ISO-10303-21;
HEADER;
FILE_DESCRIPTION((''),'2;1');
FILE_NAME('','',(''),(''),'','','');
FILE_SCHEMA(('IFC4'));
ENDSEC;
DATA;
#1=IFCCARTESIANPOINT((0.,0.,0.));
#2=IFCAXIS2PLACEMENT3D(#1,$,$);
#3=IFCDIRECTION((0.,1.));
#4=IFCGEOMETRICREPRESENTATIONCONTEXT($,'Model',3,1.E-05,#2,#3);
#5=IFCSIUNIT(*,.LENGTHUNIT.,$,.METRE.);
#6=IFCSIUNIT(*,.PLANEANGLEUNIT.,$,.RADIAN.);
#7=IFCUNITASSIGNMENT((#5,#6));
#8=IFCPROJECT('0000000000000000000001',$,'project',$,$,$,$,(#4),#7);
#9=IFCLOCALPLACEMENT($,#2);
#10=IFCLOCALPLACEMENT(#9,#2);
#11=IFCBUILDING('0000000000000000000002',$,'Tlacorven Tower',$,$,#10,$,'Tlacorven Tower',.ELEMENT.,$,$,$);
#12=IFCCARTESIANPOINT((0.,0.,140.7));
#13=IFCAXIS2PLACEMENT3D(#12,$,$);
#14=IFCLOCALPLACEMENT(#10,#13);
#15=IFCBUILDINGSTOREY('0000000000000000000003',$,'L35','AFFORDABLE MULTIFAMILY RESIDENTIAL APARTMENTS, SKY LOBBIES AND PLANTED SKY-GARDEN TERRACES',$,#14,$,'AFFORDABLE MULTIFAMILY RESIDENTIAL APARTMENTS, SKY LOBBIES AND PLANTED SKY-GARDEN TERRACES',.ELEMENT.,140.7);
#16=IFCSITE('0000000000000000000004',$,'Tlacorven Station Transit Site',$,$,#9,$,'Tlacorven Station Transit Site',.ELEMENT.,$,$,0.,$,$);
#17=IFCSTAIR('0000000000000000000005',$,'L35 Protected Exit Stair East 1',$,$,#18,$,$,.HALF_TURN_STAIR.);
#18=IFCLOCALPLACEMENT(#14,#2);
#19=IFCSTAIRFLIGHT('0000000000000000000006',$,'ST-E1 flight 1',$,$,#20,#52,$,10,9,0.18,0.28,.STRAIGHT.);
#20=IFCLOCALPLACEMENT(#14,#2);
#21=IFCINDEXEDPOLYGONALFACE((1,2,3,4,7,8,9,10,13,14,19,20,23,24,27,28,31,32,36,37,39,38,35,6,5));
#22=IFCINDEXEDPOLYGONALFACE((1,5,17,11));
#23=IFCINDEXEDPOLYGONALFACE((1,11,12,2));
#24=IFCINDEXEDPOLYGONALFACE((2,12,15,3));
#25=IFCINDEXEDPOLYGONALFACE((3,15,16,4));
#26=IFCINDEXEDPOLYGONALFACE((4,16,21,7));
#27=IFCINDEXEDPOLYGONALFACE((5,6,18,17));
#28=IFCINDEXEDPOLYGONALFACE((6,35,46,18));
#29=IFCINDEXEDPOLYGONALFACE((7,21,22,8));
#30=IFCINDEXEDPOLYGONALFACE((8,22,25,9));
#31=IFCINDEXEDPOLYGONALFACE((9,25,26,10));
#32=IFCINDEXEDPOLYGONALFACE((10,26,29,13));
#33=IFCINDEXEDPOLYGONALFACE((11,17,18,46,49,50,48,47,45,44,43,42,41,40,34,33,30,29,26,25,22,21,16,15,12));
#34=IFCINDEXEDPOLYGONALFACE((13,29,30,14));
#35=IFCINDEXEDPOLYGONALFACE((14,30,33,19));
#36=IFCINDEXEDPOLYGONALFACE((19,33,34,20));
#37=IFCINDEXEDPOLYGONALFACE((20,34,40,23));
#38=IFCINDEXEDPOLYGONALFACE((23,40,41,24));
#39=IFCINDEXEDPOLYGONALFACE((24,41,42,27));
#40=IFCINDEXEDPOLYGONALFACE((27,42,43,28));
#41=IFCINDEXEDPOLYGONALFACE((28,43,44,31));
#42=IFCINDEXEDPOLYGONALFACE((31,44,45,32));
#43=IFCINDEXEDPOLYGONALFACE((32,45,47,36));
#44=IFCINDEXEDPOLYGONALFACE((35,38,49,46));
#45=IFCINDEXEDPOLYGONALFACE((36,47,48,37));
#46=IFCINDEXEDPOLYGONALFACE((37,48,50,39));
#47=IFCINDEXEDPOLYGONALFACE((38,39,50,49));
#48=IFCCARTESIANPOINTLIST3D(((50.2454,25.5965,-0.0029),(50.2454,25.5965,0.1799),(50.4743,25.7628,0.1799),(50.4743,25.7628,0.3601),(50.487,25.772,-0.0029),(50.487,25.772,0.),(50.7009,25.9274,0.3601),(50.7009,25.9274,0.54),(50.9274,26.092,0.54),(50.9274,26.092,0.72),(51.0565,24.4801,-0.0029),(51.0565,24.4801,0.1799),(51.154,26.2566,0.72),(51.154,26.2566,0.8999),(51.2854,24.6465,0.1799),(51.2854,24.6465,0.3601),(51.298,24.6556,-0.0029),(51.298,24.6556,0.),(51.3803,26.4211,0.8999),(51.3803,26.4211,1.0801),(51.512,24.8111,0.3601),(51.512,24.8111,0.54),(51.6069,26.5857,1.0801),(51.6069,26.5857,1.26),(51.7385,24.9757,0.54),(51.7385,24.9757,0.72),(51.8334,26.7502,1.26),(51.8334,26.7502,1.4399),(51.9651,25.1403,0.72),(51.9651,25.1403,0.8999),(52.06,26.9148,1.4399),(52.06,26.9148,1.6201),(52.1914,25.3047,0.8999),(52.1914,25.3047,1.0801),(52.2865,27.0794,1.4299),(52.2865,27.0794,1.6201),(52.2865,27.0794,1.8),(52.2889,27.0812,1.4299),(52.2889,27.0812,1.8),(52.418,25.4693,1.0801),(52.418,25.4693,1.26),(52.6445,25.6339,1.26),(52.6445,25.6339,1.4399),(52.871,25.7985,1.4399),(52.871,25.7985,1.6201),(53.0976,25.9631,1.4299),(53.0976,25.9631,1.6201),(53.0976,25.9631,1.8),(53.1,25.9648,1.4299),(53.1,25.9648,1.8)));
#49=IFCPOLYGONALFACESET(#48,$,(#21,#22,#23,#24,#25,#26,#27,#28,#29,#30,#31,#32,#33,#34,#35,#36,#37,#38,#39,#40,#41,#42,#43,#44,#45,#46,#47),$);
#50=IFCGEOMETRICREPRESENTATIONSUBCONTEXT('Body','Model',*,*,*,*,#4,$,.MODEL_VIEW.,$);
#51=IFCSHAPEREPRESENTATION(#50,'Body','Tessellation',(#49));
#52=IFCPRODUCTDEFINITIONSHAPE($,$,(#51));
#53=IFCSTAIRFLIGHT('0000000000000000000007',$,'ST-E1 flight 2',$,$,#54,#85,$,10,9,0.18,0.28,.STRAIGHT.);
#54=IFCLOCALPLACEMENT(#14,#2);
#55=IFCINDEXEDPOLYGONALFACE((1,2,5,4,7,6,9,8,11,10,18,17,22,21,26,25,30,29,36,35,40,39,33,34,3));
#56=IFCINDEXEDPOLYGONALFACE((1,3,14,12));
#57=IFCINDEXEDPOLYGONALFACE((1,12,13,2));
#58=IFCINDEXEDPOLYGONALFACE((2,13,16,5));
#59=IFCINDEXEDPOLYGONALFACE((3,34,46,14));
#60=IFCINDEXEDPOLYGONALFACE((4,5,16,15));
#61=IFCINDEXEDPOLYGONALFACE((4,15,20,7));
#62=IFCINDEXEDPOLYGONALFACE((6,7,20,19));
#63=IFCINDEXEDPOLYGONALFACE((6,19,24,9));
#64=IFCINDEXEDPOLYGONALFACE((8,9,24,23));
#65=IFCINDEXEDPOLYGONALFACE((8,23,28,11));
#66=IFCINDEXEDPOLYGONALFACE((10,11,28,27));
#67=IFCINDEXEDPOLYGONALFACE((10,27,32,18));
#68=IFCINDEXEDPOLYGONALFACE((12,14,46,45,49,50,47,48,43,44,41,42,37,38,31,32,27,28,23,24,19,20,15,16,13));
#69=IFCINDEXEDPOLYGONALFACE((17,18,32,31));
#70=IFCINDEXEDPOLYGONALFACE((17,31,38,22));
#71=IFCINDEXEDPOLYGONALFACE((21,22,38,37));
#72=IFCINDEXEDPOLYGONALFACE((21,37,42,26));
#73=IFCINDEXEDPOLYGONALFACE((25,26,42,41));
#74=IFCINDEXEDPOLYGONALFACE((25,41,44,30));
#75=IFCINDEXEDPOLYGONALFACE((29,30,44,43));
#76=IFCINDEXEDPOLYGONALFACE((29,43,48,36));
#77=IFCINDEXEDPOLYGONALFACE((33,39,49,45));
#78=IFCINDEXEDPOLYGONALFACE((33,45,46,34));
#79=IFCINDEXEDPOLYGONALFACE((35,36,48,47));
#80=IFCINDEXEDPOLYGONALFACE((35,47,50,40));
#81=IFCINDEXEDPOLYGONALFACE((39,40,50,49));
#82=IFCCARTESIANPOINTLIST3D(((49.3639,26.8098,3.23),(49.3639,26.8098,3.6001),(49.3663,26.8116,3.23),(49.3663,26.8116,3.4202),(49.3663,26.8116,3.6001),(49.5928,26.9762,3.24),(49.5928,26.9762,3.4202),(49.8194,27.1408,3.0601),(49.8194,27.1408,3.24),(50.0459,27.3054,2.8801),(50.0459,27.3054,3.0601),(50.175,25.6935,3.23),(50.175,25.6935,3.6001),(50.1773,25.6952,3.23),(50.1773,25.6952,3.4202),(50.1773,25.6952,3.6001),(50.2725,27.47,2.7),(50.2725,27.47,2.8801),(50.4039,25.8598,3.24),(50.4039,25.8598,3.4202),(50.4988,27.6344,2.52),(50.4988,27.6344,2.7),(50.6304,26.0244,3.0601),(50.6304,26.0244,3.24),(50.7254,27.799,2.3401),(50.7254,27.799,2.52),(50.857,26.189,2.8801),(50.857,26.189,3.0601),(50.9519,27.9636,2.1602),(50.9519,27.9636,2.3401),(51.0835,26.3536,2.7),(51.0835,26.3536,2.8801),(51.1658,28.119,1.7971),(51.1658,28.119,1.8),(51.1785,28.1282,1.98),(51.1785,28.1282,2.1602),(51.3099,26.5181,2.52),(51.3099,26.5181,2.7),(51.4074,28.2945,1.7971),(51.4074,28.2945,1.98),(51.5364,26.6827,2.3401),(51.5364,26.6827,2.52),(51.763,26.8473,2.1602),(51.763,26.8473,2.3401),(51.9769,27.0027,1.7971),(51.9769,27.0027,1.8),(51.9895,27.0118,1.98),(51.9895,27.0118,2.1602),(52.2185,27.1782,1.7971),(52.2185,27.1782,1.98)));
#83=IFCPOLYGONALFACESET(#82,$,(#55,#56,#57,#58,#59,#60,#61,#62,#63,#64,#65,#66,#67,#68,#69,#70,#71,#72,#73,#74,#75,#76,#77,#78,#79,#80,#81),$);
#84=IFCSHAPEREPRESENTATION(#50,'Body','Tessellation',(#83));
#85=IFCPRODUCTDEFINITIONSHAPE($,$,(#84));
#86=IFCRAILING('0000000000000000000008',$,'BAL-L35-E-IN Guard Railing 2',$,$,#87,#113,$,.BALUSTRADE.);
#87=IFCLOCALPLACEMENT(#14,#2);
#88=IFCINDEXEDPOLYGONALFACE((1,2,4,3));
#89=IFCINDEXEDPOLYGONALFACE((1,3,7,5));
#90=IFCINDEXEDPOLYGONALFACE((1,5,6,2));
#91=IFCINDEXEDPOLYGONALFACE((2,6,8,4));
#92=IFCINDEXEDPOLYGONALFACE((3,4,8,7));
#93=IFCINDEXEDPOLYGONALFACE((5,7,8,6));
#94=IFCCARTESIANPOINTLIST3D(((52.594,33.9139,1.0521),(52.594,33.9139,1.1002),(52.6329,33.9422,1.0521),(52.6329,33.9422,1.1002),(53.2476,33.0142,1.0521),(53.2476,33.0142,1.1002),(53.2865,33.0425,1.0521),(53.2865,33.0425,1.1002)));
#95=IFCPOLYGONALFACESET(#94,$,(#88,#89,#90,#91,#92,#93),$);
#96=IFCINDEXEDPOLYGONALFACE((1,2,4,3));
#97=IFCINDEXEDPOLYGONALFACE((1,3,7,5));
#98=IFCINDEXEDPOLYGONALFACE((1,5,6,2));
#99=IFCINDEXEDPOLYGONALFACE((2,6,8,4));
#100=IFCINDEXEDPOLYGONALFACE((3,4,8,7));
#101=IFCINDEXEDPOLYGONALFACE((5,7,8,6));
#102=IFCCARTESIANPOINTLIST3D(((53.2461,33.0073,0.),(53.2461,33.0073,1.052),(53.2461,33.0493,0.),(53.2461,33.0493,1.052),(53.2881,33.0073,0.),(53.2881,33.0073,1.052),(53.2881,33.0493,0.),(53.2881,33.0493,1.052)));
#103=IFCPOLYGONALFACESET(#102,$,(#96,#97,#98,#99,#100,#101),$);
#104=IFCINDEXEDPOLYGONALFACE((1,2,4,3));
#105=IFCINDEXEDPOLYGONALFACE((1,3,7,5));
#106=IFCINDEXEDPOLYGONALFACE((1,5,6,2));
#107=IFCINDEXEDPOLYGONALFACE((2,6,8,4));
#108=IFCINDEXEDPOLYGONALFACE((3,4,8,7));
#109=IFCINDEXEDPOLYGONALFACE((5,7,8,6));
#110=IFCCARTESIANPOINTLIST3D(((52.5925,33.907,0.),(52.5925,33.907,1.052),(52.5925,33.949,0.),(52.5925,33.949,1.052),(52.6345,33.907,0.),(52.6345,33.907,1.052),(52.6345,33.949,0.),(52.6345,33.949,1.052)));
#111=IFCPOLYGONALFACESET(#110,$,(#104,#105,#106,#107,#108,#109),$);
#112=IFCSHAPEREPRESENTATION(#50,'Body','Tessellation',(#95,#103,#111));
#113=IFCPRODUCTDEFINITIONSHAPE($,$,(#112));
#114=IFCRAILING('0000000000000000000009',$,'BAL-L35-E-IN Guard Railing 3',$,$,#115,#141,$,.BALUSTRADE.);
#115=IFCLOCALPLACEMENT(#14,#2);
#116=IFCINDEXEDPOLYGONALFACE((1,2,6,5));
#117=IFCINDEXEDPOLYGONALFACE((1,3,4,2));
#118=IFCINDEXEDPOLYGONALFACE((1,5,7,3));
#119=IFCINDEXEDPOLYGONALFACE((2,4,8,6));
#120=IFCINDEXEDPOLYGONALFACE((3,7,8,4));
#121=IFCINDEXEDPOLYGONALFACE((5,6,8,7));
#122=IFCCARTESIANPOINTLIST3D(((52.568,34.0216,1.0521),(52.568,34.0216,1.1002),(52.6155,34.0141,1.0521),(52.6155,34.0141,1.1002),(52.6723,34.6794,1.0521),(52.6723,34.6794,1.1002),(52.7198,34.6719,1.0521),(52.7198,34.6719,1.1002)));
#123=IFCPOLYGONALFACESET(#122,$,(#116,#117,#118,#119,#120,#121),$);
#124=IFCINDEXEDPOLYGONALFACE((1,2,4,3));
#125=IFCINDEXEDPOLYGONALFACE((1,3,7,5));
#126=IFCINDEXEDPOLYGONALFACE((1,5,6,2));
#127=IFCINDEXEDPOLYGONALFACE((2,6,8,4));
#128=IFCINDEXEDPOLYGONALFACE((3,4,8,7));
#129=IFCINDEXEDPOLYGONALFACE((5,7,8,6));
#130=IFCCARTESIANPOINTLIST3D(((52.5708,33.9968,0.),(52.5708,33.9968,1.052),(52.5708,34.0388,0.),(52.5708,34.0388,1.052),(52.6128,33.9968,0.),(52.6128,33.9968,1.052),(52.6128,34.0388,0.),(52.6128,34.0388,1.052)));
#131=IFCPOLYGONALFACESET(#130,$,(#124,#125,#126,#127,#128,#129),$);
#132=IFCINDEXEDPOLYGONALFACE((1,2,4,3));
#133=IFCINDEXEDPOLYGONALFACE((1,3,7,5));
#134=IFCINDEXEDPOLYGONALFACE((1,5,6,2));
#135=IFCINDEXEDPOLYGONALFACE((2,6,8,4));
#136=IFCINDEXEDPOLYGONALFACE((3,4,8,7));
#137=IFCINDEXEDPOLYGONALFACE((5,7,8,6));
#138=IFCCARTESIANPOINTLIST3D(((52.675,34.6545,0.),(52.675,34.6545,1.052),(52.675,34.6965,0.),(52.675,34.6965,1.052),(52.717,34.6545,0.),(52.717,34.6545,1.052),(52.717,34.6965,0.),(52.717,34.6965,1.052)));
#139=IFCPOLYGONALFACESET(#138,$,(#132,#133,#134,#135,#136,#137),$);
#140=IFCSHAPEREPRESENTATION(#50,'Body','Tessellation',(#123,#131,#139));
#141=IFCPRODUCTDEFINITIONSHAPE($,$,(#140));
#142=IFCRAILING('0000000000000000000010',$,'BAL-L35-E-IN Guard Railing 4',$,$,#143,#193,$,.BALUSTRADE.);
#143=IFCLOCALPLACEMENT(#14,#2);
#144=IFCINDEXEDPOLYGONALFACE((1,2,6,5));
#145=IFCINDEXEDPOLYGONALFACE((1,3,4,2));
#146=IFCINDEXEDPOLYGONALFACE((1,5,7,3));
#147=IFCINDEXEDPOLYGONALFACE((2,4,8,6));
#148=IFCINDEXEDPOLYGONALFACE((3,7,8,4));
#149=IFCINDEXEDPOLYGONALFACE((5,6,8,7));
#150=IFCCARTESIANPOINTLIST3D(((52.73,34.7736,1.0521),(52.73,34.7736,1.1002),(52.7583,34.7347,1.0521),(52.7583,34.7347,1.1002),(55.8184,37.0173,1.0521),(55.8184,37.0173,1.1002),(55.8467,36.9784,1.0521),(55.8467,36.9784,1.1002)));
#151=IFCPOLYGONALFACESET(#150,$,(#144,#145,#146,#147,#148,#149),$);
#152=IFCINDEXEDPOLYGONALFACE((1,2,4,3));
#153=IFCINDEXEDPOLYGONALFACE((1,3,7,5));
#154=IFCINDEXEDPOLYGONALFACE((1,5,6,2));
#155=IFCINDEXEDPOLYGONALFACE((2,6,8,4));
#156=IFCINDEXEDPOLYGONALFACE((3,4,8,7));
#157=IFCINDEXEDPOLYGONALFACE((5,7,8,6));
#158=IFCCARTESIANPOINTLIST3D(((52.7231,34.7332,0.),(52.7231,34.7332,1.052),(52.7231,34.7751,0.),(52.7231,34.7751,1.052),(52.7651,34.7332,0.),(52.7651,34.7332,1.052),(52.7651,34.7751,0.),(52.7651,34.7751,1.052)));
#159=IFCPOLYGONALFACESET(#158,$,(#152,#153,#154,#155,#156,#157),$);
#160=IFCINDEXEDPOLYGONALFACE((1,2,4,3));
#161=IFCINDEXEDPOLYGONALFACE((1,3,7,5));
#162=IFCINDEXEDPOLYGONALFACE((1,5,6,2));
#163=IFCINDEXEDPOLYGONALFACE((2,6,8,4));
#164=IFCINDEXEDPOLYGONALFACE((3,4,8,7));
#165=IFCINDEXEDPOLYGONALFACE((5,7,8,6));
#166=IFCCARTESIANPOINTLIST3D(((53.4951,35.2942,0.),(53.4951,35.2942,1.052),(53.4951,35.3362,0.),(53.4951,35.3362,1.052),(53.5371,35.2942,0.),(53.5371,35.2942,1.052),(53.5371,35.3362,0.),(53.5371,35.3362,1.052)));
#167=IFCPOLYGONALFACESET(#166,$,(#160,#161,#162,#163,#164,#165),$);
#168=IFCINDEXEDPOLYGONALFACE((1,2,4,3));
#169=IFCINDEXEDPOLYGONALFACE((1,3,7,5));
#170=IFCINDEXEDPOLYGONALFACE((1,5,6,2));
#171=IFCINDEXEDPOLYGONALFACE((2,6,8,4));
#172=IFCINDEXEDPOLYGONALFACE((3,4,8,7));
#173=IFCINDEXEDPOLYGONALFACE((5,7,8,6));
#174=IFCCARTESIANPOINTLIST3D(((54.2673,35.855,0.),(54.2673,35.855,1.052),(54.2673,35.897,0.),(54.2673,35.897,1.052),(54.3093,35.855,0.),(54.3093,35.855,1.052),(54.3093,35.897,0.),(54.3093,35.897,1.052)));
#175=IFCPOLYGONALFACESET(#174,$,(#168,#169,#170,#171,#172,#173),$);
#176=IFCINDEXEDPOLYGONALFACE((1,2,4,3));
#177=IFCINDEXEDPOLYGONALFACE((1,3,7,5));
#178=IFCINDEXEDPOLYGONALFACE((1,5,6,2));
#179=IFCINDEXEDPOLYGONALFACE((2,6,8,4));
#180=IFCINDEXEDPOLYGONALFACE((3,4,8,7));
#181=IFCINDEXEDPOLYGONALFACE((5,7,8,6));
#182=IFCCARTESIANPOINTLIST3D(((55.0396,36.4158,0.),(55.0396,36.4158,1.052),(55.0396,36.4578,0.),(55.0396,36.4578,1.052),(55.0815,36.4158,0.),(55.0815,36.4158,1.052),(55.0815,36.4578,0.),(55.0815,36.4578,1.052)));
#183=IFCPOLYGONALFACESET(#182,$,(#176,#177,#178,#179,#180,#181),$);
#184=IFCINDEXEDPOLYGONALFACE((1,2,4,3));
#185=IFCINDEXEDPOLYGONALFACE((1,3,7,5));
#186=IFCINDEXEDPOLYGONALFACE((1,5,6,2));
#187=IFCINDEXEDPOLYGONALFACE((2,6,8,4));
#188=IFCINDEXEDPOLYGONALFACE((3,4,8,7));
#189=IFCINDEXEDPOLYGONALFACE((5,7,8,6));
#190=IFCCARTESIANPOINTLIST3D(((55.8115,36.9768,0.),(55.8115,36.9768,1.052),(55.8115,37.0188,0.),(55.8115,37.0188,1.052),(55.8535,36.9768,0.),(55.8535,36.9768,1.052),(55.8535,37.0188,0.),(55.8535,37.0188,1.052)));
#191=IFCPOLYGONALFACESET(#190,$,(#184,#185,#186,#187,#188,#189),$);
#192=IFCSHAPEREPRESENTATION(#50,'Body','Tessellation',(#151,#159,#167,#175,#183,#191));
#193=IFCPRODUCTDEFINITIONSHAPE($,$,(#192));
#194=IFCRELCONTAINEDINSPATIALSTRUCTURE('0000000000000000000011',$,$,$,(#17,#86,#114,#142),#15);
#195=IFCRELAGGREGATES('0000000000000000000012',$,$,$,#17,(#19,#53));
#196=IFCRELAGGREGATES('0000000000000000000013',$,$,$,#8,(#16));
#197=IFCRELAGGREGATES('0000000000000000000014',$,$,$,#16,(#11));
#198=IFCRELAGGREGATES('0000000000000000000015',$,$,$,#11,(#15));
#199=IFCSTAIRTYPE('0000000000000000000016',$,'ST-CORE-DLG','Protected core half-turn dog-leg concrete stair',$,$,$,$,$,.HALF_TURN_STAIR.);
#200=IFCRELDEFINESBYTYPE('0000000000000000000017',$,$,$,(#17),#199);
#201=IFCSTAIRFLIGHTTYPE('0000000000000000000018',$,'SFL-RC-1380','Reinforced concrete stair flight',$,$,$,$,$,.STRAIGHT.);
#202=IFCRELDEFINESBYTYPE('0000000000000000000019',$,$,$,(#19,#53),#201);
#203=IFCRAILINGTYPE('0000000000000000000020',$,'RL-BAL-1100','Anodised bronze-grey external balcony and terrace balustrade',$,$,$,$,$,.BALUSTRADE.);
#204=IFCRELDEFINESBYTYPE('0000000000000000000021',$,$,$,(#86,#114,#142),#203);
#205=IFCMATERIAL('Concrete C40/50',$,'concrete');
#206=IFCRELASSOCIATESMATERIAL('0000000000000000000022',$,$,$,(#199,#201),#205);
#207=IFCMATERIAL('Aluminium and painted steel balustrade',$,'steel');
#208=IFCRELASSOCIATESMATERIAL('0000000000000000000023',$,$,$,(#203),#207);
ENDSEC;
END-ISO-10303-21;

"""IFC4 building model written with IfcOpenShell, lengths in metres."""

from ifc_helpers import new_model, si_unit, direction, frame, origin, origin_2d, place, context, subcontext, project, spatial, polyline, rectangle, outline, extrude, source, transform, mapped, material, type_object, element, aggregate, save


model = new_model("IFC4")

# Units and contexts
model_context = context("Model", 3, precision=1e-05, world=origin(), true_north=direction((0.0, 1.0)))
body_context = subcontext(model_context, "Body", "Model", "MODEL_VIEW")
ifc_project = project(units=[si_unit("LENGTHUNIT", "METRE"), si_unit("PLANEANGLEUNIT", "RADIAN")], contexts=[model_context])

# Site, building, storey
site_placement = place(None, origin())
site = spatial("IfcSite", under=ifc_project, at=site_placement, Name="Tlacorven Station Transit Site", LongName="Tlacorven Station Transit Site", CompositionType="ELEMENT", RefElevation=0.0)
building_placement = place(site_placement, origin())
building = spatial("IfcBuilding", under=site, at=building_placement, Name="Tlacorven Tower", LongName="Tlacorven Tower", CompositionType="ELEMENT")
storey_placement = place(building_placement, frame((0.0, 0.0, 140.7)))
storey = spatial("IfcBuildingStorey", under=building, at=storey_placement, Name="L35", Description="AFFORDABLE MULTIFAMILY RESIDENTIAL APARTMENTS, SKY LOBBIES AND PLANTED SKY-GARDEN TERRACES", LongName="AFFORDABLE MULTIFAMILY RESIDENTIAL APARTMENTS, SKY LOBBIES AND PLANTED SKY-GARDEN TERRACES", CompositionType="ELEMENT", Elevation=140.7)

# Stair, stair flights
ifc_material_1 = material(Name="Concrete C40/50", Category="concrete")
stair_type = type_object("IfcStairType", Name="ST-CORE-DLG", Description="Protected core half-turn dog-leg concrete stair", PredefinedType="HALF_TURN_STAIR", material=ifc_material_1)
stair_placement = place(storey_placement, origin())
stair = element("IfcStair", 1, at=stair_placement, inside=storey, type_object=stair_type, Name="L35 Protected Exit Stair East 1", PredefinedType="HALF_TURN_STAIR")
stair_flight_type = type_object("IfcStairFlightType", Name="SFL-RC-1380", Description="Reinforced concrete stair flight", PredefinedType="STRAIGHT", material=ifc_material_1)
shared_shape_1 = source(origin(), body_context, "Body", "SweptSolid", [
    extrude(outline(polyline([(-0.0029, -0.0029), (-0.0029, 0.1799), (0.28, 0.1799), (0.28, 0.3601), (0.5601, 0.3601), (0.5601, 0.54), (0.8401, 0.54), (0.8401, 0.72), (1.1201, 0.72), (1.1201, 0.8999), (1.3999, 0.8999), (1.3999, 1.0801), (1.6799, 1.0801), (1.6799, 1.26), (1.96, 1.26), (1.96, 1.4399), (2.24, 1.4399), (2.24, 1.6201), (2.52, 1.6201), (2.52, 1.8), (2.5229, 1.8), (2.5229, 1.4299), (2.52, 1.4299), (0.2957, 0.0), (0.2957, -0.0029), (-0.0029, -0.0029)])), frame((0.0, 0.6899, 0.0), z_axis=(0.0, -1.0, 0.0), x_axis=(1.0, 0.0, 0.0)), (0.0, 0.0, 1.0), 1.3799),
])
stair_flight_1_placement = place(storey_placement, frame((50.6533, 25.04, 0.0), z_axis=(0.0, 0.0, 1.0), x_axis=(0.809017, 0.587785, 0.0)))
stair_flight_1 = element("IfcStairFlight", 2, at=stair_flight_1_placement, type_object=stair_flight_type, Name="ST-E1 flight 1", NumberOfRisers=10, NumberOfTreads=9, PredefinedType="STRAIGHT", RiserHeight=0.18, TreadLength=0.28, context=body_context, shape_type="MappedRepresentation", body=[
    mapped(shared_shape_1, transform((0.0, 0.0, 0.0), scale=1.0)),
])
stair_flight_2_placement = place(storey_placement, frame((51.8105, 27.7346, 1.8), z_axis=(0.0, 0.0, 1.0), x_axis=(-0.809017, -0.587785, 0.0)))
stair_flight_2 = element("IfcStairFlight", 3, at=stair_flight_2_placement, type_object=stair_flight_type, Name="ST-E1 flight 2", NumberOfRisers=10, NumberOfTreads=9, PredefinedType="STRAIGHT", RiserHeight=0.18, TreadLength=0.28, context=body_context, shape_type="MappedRepresentation", body=[
    mapped(shared_shape_1, transform((0.0, 0.0, 0.0), scale=1.0)),
])
aggregate(stair, [stair_flight_1, stair_flight_2])

# Railings
ifc_material_2 = material(Name="Aluminium and painted steel balustrade", Category="steel")
railing_type_1 = type_object("IfcRailingType", Name="RL-BAL-1100", Description="Anodised bronze-grey external balcony and terrace balustrade", PredefinedType="BALUSTRADE", material=ifc_material_2)
shared_shape_2 = source(origin(), body_context, "Body", "SweptSolid", [
    extrude(rectangle(XDim=0.0481, YDim=0.0481, at=origin_2d()), frame((0.0, 0.0, 1.0762), z_axis=(-0.587741, 0.809049, 0.0), x_axis=(-0.809049, -0.587741, 0.0)), (0.0, 0.0, 1.0), 1.1121),
    extrude(rectangle(XDim=0.042, YDim=0.042, at=origin_2d()), origin(), (0.0, 0.0, 1.0), 1.052),
    extrude(rectangle(XDim=0.042, YDim=0.042, at=origin_2d()), frame((-0.6536, 0.8997, 0.0)), (0.0, 0.0, 1.0), 1.052),
])
railing_1_placement = place(storey_placement, frame((53.2671, 33.0283, 0.0)))
element("IfcRailing", 4, at=railing_1_placement, inside=storey, type_object=railing_type_1, Name="BAL-L35-E-IN Guard Railing 2", PredefinedType="BALUSTRADE", context=body_context, shape_type="MappedRepresentation", body=[
    mapped(shared_shape_2, transform((0.0, 0.0, 0.0), scale=1.0)),
])
shared_shape_3 = source(origin(), body_context, "Body", "SweptSolid", [
    extrude(rectangle(XDim=0.0481, YDim=0.0481, at=origin_2d()), frame((0.0, 0.0, 1.0762), z_axis=(0.156546, 0.987671, 0.0), x_axis=(-0.987671, 0.156546, 0.0)), (0.0, 0.0, 1.0), 0.666),
    extrude(rectangle(XDim=0.042, YDim=0.042, at=origin_2d()), origin(), (0.0, 0.0, 1.0), 1.052),
    extrude(rectangle(XDim=0.042, YDim=0.042, at=origin_2d()), frame((0.1042, 0.6577, 0.0)), (0.0, 0.0, 1.0), 1.052),
])
railing_2_placement = place(storey_placement, frame((52.5918, 34.0178, 0.0)))
element("IfcRailing", 5, at=railing_2_placement, inside=storey, type_object=railing_type_1, Name="BAL-L35-E-IN Guard Railing 3", PredefinedType="BALUSTRADE", context=body_context, shape_type="MappedRepresentation", body=[
    mapped(shared_shape_3, transform((0.0, 0.0, 0.0), scale=1.0)),
])
shared_shape_4 = source(origin(), body_context, "Body", "SweptSolid", [
    extrude(rectangle(XDim=0.0481, YDim=0.0481, at=origin_2d()), frame((0.0, 0.0, 1.0762), z_axis=(0.80904, 0.587753, 0.0), x_axis=(-0.587753, 0.80904, 0.0)), (0.0, 0.0, 1.0), 3.8174),
    extrude(rectangle(XDim=0.042, YDim=0.042, at=origin_2d()), origin(), (0.0, 0.0, 1.0), 1.052),
    extrude(rectangle(XDim=0.042, YDim=0.042, at=origin_2d()), frame((0.772, 0.561, 0.0)), (0.0, 0.0, 1.0), 1.052),
    extrude(rectangle(XDim=0.042, YDim=0.042, at=origin_2d()), frame((1.5442, 1.1218, 0.0)), (0.0, 0.0, 1.0), 1.052),
    extrude(rectangle(XDim=0.042, YDim=0.042, at=origin_2d()), frame((2.3164, 1.6826, 0.0)), (0.0, 0.0, 1.0), 1.052),
    extrude(rectangle(XDim=0.042, YDim=0.042, at=origin_2d()), frame((3.0884, 2.2437, 0.0)), (0.0, 0.0, 1.0), 1.052),
])
railing_3_placement = place(storey_placement, frame((52.7441, 34.7542, 0.0)))
element("IfcRailing", 6, at=railing_3_placement, inside=storey, type_object=railing_type_1, Name="BAL-L35-E-IN Guard Railing 4", PredefinedType="BALUSTRADE", context=body_context, shape_type="MappedRepresentation", body=[
    mapped(shared_shape_4, transform((0.0, 0.0, 0.0), scale=1.0)),
])

save(model, "model.ifc")
